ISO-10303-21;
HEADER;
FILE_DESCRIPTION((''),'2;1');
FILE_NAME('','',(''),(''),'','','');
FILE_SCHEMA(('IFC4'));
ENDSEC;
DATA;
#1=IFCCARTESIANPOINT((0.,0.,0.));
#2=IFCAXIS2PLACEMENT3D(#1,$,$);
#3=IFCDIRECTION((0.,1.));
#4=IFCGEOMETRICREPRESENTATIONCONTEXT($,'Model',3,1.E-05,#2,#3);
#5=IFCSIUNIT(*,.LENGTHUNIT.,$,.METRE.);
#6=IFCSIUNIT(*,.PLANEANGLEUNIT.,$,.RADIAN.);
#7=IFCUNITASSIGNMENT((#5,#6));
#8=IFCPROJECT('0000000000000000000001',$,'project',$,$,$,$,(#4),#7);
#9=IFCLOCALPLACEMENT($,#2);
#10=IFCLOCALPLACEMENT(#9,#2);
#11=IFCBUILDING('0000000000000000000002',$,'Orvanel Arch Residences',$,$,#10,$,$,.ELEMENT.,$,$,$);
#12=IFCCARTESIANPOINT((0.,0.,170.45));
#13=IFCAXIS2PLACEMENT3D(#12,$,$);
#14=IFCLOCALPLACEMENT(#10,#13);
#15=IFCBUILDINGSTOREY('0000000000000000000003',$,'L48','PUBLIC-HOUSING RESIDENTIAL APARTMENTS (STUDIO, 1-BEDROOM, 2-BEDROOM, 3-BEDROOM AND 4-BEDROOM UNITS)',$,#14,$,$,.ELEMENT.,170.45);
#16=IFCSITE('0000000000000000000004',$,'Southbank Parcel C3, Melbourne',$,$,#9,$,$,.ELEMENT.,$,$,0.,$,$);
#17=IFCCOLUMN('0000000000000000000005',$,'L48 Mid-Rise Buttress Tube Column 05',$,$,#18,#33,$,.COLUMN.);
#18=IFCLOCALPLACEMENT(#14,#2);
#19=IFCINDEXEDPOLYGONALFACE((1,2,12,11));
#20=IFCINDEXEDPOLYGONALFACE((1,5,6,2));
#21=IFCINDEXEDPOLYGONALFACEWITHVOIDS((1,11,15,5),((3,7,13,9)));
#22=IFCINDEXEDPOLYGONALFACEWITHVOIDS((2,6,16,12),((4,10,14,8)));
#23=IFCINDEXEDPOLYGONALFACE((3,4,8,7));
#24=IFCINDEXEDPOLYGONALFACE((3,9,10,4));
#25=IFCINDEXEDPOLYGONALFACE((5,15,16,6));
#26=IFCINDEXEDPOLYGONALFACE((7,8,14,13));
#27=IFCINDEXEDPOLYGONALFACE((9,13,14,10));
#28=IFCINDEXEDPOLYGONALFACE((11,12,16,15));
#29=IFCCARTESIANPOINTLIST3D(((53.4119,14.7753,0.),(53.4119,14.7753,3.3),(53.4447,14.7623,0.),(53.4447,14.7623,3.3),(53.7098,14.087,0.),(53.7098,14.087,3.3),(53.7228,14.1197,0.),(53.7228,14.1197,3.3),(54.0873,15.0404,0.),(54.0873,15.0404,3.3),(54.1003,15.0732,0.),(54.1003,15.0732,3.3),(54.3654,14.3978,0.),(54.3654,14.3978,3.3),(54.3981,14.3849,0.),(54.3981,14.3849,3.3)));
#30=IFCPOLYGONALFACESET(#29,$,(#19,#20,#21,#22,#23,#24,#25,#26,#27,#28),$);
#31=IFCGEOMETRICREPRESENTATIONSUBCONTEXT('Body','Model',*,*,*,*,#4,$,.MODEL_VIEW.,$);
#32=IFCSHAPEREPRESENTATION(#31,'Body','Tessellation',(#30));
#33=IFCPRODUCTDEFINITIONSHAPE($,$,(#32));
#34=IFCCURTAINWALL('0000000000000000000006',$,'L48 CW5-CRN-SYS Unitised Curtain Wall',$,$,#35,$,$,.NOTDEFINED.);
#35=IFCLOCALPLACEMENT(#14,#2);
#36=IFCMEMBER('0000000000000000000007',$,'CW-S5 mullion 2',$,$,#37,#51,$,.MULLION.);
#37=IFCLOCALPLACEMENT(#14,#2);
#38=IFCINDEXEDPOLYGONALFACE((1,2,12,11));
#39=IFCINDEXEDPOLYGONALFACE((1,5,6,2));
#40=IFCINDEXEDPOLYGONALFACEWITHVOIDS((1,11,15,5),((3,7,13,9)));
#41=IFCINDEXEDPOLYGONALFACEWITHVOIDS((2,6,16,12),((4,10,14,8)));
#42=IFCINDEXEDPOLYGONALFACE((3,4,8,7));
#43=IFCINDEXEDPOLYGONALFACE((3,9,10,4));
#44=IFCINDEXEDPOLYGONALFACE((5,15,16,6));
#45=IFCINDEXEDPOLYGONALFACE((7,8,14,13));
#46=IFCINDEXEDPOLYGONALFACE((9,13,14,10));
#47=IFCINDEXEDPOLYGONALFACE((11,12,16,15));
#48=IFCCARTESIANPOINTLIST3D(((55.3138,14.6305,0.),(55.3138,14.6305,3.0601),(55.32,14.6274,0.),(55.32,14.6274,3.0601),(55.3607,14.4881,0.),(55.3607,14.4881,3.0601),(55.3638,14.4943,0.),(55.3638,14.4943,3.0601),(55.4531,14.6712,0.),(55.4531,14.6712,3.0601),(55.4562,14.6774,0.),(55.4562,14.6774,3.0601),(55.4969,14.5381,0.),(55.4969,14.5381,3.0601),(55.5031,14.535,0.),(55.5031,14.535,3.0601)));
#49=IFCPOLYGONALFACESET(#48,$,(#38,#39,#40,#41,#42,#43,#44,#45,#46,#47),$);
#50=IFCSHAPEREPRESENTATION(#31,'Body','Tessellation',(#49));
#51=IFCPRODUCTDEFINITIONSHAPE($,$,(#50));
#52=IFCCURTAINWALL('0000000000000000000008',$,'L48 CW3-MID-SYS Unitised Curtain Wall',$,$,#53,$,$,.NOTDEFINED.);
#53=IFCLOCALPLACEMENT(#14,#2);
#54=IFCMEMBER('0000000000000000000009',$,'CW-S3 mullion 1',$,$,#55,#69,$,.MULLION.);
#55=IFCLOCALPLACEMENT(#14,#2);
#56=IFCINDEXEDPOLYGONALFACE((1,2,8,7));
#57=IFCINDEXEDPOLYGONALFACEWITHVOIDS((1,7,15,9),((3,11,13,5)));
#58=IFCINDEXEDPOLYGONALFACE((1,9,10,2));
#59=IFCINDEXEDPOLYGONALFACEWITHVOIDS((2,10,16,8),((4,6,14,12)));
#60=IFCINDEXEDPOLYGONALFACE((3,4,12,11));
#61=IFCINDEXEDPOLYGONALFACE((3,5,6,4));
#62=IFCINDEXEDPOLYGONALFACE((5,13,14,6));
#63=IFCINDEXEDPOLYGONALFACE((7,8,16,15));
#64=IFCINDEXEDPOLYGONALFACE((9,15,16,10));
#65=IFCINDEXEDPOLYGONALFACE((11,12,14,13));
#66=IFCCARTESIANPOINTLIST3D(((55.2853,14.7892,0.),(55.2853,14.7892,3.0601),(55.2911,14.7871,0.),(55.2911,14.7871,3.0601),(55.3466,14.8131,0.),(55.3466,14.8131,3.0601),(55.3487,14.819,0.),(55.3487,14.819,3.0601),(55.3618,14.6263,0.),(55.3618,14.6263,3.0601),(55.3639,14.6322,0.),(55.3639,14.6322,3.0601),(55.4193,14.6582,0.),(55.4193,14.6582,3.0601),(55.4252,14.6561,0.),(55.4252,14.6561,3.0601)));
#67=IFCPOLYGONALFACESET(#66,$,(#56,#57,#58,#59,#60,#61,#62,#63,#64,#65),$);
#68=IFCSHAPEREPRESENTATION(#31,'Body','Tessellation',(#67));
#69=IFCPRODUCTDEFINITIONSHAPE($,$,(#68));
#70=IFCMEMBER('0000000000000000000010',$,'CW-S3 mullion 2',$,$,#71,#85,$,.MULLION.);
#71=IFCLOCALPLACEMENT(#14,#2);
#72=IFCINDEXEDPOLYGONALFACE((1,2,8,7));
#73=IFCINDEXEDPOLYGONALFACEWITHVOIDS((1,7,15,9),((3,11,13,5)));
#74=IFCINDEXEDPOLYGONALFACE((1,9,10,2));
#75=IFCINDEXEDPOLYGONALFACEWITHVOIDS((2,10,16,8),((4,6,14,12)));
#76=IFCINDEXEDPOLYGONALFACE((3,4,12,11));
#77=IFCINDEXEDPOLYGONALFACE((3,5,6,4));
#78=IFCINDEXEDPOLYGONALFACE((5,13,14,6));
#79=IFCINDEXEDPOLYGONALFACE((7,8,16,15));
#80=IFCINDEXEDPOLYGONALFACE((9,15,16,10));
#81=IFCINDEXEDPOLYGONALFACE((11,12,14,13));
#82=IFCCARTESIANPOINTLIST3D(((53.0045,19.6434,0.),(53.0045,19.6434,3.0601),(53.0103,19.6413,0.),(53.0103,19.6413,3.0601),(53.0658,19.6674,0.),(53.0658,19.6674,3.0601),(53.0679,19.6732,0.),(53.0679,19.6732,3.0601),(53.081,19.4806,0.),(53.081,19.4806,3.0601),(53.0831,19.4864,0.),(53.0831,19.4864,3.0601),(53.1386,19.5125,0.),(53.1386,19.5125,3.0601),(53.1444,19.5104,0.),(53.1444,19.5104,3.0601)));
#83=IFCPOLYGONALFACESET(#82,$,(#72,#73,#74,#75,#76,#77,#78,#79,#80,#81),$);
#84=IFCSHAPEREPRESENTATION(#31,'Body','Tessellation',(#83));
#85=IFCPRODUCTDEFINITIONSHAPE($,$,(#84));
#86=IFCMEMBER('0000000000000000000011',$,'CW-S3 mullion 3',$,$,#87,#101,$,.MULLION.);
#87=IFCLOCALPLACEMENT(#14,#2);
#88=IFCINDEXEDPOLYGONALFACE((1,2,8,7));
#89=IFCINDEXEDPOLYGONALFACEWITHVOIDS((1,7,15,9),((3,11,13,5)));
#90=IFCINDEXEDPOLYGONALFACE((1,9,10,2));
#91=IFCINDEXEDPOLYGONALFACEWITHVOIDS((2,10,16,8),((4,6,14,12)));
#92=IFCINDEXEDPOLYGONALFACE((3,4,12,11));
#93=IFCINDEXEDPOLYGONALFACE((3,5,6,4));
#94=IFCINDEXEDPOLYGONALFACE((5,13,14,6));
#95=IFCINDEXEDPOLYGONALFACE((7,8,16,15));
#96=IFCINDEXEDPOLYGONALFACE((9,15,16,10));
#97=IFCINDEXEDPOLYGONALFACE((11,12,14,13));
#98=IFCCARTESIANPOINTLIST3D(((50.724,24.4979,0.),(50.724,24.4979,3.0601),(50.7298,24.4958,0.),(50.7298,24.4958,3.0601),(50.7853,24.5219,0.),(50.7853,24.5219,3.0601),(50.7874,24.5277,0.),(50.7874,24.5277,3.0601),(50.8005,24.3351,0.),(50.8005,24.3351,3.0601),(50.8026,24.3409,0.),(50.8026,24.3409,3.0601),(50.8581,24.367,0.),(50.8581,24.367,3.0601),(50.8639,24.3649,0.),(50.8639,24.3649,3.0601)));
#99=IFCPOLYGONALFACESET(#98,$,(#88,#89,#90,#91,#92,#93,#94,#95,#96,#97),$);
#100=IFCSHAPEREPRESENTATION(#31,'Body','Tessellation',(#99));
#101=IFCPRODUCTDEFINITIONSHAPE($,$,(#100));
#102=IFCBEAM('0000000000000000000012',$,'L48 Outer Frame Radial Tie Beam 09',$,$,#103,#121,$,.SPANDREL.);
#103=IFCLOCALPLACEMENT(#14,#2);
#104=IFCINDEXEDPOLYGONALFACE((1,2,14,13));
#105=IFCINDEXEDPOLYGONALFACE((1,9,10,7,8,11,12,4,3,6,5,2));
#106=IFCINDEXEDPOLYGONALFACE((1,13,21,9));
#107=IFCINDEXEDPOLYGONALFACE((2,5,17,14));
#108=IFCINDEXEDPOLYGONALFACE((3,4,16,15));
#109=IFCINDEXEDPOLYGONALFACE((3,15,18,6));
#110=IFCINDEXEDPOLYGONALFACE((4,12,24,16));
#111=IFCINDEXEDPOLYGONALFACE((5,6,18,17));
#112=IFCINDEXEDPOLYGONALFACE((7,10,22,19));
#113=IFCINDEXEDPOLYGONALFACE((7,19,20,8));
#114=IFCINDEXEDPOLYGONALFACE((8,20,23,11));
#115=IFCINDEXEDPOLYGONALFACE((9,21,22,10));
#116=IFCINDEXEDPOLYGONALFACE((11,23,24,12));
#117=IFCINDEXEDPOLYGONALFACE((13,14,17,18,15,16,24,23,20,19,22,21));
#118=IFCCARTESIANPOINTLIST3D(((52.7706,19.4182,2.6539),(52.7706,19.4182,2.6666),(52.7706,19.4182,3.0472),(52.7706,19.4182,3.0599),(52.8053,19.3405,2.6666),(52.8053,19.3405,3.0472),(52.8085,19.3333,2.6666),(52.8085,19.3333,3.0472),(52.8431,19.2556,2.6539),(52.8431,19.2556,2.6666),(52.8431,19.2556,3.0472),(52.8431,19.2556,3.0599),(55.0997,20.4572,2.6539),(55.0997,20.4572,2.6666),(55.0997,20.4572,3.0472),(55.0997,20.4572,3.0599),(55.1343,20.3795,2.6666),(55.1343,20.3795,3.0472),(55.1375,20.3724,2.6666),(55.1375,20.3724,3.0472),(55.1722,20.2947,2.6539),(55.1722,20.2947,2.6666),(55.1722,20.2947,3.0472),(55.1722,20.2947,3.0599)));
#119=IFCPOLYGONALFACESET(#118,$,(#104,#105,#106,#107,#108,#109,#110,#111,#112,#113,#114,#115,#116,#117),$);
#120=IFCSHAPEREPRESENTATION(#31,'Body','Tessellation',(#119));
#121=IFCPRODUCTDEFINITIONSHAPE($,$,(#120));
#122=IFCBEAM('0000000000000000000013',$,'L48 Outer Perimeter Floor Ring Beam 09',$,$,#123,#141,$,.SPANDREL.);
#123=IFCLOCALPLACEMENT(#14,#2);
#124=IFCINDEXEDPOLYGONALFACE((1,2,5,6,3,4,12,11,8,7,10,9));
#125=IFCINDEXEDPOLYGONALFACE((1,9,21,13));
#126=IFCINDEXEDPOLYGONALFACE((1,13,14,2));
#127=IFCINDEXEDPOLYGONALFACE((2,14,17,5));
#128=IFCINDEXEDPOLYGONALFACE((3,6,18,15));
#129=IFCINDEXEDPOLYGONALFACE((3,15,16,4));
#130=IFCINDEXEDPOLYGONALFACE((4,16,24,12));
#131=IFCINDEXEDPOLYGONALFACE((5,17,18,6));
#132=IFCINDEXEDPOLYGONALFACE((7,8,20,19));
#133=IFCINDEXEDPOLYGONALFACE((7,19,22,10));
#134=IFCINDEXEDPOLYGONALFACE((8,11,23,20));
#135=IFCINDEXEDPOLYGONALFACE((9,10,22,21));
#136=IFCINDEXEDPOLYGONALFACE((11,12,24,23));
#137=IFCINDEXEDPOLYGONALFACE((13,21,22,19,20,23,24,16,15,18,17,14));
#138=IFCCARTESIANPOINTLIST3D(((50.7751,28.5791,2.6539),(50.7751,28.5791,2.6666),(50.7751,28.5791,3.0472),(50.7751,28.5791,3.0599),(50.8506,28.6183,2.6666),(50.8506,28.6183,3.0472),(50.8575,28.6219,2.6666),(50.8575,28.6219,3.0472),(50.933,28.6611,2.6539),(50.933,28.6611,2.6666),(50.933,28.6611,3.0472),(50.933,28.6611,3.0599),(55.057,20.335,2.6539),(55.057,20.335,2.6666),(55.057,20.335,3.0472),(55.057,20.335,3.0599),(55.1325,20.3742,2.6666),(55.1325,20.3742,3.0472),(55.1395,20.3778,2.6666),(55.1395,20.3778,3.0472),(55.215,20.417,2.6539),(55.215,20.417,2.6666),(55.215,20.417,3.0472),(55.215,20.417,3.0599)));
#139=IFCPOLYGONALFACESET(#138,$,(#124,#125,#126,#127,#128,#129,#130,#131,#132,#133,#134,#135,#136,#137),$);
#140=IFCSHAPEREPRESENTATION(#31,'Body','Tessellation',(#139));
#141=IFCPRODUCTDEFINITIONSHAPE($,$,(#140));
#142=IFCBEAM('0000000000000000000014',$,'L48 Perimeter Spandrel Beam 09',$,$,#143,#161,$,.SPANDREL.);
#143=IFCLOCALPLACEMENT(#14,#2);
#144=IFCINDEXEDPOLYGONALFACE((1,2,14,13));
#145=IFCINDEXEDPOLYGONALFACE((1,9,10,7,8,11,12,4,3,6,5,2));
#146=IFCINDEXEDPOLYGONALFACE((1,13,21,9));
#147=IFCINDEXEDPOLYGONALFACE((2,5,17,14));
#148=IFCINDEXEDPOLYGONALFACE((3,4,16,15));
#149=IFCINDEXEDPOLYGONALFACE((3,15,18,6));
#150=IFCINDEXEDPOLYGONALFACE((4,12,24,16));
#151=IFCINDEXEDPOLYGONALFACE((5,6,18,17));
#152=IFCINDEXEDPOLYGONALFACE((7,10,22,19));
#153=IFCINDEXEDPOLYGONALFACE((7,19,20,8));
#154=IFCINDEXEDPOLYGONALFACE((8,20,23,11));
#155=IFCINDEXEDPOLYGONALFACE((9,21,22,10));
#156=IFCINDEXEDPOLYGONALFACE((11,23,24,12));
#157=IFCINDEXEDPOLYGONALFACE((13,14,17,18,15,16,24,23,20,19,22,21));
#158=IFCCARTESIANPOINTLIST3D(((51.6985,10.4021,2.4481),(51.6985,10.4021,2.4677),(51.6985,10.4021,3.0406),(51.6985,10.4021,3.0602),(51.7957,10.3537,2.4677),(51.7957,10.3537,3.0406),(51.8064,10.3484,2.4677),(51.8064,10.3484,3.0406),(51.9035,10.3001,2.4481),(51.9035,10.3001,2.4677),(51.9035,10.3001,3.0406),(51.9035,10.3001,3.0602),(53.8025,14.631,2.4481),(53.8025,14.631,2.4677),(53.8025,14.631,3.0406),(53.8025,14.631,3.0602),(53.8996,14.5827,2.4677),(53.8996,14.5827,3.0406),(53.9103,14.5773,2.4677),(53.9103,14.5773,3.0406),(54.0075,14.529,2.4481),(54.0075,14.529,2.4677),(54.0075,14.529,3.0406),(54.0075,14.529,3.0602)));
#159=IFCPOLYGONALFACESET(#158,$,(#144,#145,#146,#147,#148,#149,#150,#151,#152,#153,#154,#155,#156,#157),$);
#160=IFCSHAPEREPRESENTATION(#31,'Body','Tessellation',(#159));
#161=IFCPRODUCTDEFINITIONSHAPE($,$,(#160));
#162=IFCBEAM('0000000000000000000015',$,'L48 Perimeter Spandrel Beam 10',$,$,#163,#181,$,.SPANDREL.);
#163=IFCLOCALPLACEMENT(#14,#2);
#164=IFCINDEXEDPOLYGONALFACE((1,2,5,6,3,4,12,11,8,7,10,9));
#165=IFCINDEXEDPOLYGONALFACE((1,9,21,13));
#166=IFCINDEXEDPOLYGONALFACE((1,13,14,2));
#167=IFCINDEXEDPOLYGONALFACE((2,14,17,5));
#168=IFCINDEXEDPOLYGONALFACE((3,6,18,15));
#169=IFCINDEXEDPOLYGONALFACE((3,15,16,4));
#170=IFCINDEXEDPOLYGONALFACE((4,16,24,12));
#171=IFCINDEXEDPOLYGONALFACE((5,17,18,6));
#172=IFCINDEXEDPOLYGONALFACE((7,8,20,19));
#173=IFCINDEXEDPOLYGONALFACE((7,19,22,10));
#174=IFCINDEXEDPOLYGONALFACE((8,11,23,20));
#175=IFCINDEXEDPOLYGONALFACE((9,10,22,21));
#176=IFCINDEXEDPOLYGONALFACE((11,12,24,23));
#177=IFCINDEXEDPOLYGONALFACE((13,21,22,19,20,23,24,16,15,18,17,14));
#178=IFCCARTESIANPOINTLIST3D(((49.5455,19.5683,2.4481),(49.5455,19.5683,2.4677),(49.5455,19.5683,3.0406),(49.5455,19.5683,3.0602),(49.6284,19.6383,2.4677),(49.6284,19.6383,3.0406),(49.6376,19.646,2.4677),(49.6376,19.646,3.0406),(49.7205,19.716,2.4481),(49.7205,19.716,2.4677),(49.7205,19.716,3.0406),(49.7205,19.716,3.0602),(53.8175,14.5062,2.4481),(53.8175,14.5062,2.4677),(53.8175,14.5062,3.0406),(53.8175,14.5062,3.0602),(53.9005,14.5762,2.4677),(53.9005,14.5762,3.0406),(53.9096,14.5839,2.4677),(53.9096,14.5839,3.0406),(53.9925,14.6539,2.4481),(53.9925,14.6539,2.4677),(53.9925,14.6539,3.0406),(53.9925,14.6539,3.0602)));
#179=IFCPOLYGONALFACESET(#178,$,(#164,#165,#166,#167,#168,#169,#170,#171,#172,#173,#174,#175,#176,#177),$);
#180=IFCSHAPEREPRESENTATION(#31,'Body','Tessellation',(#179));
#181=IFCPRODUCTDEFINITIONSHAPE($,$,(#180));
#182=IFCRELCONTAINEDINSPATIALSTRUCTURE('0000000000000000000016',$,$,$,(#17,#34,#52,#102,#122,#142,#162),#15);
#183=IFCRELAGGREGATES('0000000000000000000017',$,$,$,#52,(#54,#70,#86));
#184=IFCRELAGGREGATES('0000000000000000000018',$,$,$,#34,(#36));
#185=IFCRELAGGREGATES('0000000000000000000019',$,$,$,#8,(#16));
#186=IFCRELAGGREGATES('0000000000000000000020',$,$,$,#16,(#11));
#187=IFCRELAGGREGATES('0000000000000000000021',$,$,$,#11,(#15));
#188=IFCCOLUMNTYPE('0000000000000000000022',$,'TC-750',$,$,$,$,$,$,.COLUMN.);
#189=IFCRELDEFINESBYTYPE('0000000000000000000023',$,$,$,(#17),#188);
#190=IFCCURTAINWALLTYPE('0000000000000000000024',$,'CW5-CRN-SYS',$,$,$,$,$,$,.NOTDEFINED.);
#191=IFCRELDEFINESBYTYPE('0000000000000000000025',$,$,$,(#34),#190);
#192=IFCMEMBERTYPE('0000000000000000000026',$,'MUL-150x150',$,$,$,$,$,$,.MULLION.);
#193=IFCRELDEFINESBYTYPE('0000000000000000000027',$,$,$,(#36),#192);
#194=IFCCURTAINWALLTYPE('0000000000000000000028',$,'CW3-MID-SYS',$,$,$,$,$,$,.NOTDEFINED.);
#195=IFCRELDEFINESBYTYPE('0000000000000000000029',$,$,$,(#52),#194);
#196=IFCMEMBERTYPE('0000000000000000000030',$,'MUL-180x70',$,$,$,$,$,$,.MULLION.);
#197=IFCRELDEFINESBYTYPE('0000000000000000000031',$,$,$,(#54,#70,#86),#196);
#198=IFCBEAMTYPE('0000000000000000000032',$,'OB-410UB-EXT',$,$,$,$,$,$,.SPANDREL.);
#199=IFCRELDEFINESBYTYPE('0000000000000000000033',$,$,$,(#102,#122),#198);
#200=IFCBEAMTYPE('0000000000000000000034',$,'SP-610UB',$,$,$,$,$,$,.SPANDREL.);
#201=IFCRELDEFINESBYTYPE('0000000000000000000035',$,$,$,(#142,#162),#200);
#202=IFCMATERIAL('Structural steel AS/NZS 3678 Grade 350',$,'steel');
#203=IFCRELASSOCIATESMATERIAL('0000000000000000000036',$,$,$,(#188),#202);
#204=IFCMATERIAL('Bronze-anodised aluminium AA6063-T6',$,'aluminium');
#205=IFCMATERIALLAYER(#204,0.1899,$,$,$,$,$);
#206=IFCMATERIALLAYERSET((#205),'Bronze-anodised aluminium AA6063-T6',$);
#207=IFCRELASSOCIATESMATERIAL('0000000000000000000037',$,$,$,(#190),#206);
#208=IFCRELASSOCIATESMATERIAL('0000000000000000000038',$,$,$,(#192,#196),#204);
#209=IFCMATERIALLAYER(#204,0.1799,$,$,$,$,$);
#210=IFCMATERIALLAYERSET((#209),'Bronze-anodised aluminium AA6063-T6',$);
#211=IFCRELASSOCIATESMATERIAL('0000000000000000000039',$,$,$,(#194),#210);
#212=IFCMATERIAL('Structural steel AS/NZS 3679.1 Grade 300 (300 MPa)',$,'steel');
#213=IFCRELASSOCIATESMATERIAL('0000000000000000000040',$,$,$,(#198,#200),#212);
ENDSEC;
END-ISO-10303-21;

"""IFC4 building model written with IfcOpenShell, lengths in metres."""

from ifc_helpers import new_model, si_unit, direction, frame, origin, origin_2d, place, context, subcontext, project, spatial, hollow_rectangle, i_section, extrude, material, layer, layer_set, material_profile, profile_set, type_object, element, aggregate, save


model = new_model("IFC4")

# Units and contexts
model_context = context("Model", 3, precision=1e-05, world=origin(), true_north=direction((0.0, 1.0)))
body_context = subcontext(model_context, "Body", "Model", "MODEL_VIEW")
ifc_project = project(units=[si_unit("LENGTHUNIT", "METRE"), si_unit("PLANEANGLEUNIT", "RADIAN")], contexts=[model_context])

# Site, building, storey
site_placement = place(None, origin())
site = spatial("IfcSite", under=ifc_project, at=site_placement, Name="Southbank Parcel C3, Melbourne", CompositionType="ELEMENT", RefElevation=0.0)
building_placement = place(site_placement, origin())
building = spatial("IfcBuilding", under=site, at=building_placement, Name="Orvanel Arch Residences", CompositionType="ELEMENT")
storey_placement = place(building_placement, frame((0.0, 0.0, 170.45)))
storey = spatial("IfcBuildingStorey", under=building, at=storey_placement, Name="L48", Description="PUBLIC-HOUSING RESIDENTIAL APARTMENTS (STUDIO, 1-BEDROOM, 2-BEDROOM, 3-BEDROOM AND 4-BEDROOM UNITS)", CompositionType="ELEMENT", Elevation=170.45)

# Column
ifc_material_1 = material(Name="Structural steel AS/NZS 3678 Grade 350", Category="steel")
ifc_material_profile_1 = material_profile(ifc_material_1, hollow_rectangle(XDim=0.75, YDim=0.75, WallThickness=0.0249, at=origin_2d()), Name="BOX750x750x25")
ifc_profile_set_1 = profile_set([ifc_material_profile_1], Name="Structural steel AS/NZS 3678 Grade 350")
column_type = type_object("IfcColumnType", Name="TC-750", PredefinedType="COLUMN", material=ifc_profile_set_1)
column_placement = place(storey_placement, frame((53.905, 14.5801, 0.0), z_axis=(0.0, 0.0, 1.0), x_axis=(-0.397148, 0.917755, 0.0)))
element("IfcColumn", 1, at=column_placement, inside=storey, type_object=column_type, Name="L48 Mid-Rise Buttress Tube Column 05", PredefinedType="COLUMN", context=body_context, shape_type="SweptSolid", body=[
    extrude(hollow_rectangle(XDim=0.75, YDim=0.75, WallThickness=0.0249, at=origin_2d()), origin(), (0.0, 0.0, 1.0), 3.3),
])

# Curtain wall, member
ifc_material_2 = material(Name="Bronze-anodised aluminium AA6063-T6", Category="aluminium")
ifc_layer_1 = layer(ifc_material_2, 0.1899)
ifc_layer_set_1 = layer_set([ifc_layer_1], Name="Bronze-anodised aluminium AA6063-T6")
curtain_wall_type_1 = type_object("IfcCurtainWallType", Name="CW5-CRN-SYS", PredefinedType="NOTDEFINED", material=ifc_layer_set_1)
curtain_wall_1_placement = place(storey_placement, origin())
curtain_wall_1 = element("IfcCurtainWall", 2, at=curtain_wall_1_placement, inside=storey, type_object=curtain_wall_type_1, Name="L48 CW5-CRN-SYS Unitised Curtain Wall", PredefinedType="NOTDEFINED")
ifc_material_profile_2 = material_profile(ifc_material_2, hollow_rectangle(XDim=0.1499, YDim=0.1499, WallThickness=0.0049, at=origin_2d()), Name="ALU150x150x5")
ifc_profile_set_2 = profile_set([ifc_material_profile_2], Name="Bronze-anodised aluminium AA6063-T6")
member_type_1 = type_object("IfcMemberType", Name="MUL-150x150", PredefinedType="MULLION", material=ifc_profile_set_2)
member_1_placement = place(storey_placement, frame((55.4084, 14.5828, 0.0), z_axis=(0.0, 0.0, 1.0), x_axis=(-0.949944, -0.31242, 0.0)))
member_1 = element("IfcMember", 3, at=member_1_placement, type_object=member_type_1, Name="CW-S5 mullion 2", PredefinedType="MULLION", context=body_context, shape_type="SweptSolid", body=[
    extrude(hollow_rectangle(XDim=0.1499, YDim=0.1499, WallThickness=0.0049, at=origin_2d()), origin(), (0.0, 0.0, 1.0), 3.0601),
])

# Curtain wall, members
ifc_layer_2 = layer(ifc_material_2, 0.1799)
ifc_layer_set_2 = layer_set([ifc_layer_2], Name="Bronze-anodised aluminium AA6063-T6")
curtain_wall_type_2 = type_object("IfcCurtainWallType", Name="CW3-MID-SYS", PredefinedType="NOTDEFINED", material=ifc_layer_set_2)
curtain_wall_2_placement = place(storey_placement, origin())
curtain_wall_2 = element("IfcCurtainWall", 4, at=curtain_wall_2_placement, inside=storey, type_object=curtain_wall_type_2, Name="L48 CW3-MID-SYS Unitised Curtain Wall", PredefinedType="NOTDEFINED")
ifc_material_profile_3 = material_profile(ifc_material_2, hollow_rectangle(XDim=0.0701, YDim=0.1799, WallThickness=0.0044, at=origin_2d()), Name="ALU180x70x4.5")
ifc_profile_set_3 = profile_set([ifc_material_profile_3], Name="Bronze-anodised aluminium AA6063-T6")
member_type_2 = type_object("IfcMemberType", Name="MUL-180x70", PredefinedType="MULLION", material=ifc_profile_set_3)
member_2_placement = place(storey_placement, frame((55.3552, 14.7227, 0.0), z_axis=(0.0, 0.0, 1.0), x_axis=(-0.905089, -0.425222, 0.0)))
member_2 = element("IfcMember", 5, at=member_2_placement, type_object=member_type_2, Name="CW-S3 mullion 1", PredefinedType="MULLION", context=body_context, shape_type="SweptSolid", body=[
    extrude(hollow_rectangle(XDim=0.0701, YDim=0.1799, WallThickness=0.0044, at=origin_2d()), origin(), (0.0, 0.0, 1.0), 3.0601),
])
member_3_placement = place(storey_placement, frame((53.0745, 19.5769, 0.0), z_axis=(0.0, 0.0, 1.0), x_axis=(-0.905089, -0.425222, 0.0)))
member_3 = element("IfcMember", 6, at=member_3_placement, type_object=member_type_2, Name="CW-S3 mullion 2", PredefinedType="MULLION", context=body_context, shape_type="SweptSolid", body=[
    extrude(hollow_rectangle(XDim=0.0701, YDim=0.1799, WallThickness=0.0044, at=origin_2d()), origin(), (0.0, 0.0, 1.0), 3.0601),
])
member_4_placement = place(storey_placement, frame((50.7939, 24.4314, 0.0), z_axis=(0.0, 0.0, 1.0), x_axis=(-0.905089, -0.425222, 0.0)))
member_4 = element("IfcMember", 7, at=member_4_placement, type_object=member_type_2, Name="CW-S3 mullion 3", PredefinedType="MULLION", context=body_context, shape_type="SweptSolid", body=[
    extrude(hollow_rectangle(XDim=0.0701, YDim=0.1799, WallThickness=0.0044, at=origin_2d()), origin(), (0.0, 0.0, 1.0), 3.0601),
])

# Beams
ifc_material_3 = material(Name="Structural steel AS/NZS 3679.1 Grade 300 (300 MPa)", Category="steel")
ifc_material_profile_4 = material_profile(ifc_material_3, i_section(OverallWidth=0.178, OverallDepth=0.406, WebThickness=0.0078, FlangeThickness=0.0127, at=origin_2d()), Name="410UB59.7")
ifc_profile_set_4 = profile_set([ifc_material_profile_4], Name="Structural steel AS/NZS 3679.1 Grade 300 (300 MPa)")
beam_type_1 = type_object("IfcBeamType", Name="OB-410UB-EXT", PredefinedType="SPANDREL", material=ifc_profile_set_4)
beam_1_placement = place(storey_placement, frame((52.8069, 19.3369, 2.8569), z_axis=(0.913242, 0.407417, 0.0), x_axis=(-0.407417, 0.913242, 0.0)))
element("IfcBeam", 8, at=beam_1_placement, inside=storey, type_object=beam_type_1, Name="L48 Outer Frame Radial Tie Beam 09", PredefinedType="SPANDREL", context=body_context, shape_type="SweptSolid", body=[
    extrude(i_section(OverallWidth=0.178, OverallDepth=0.406, WebThickness=0.0078, FlangeThickness=0.0127, at=origin_2d()), origin(), (0.0, 0.0, 1.0), 2.5503),
])
beam_2_placement = place(storey_placement, frame((55.136, 20.376, 2.8569), z_axis=(-0.460932, 0.887436, 0.0), x_axis=(-0.887436, -0.460932, 0.0)))
element("IfcBeam", 9, at=beam_2_placement, inside=storey, type_object=beam_type_1, Name="L48 Outer Perimeter Floor Ring Beam 09", PredefinedType="SPANDREL", context=body_context, shape_type="SweptSolid", body=[
    extrude(i_section(OverallWidth=0.178, OverallDepth=0.406, WebThickness=0.0078, FlangeThickness=0.0127, at=origin_2d()), origin(), (0.0, 0.0, 1.0), 9.2898),
])
ifc_material_profile_5 = material_profile(ifc_material_3, i_section(OverallWidth=0.229, OverallDepth=0.6121, WebThickness=0.012, FlangeThickness=0.0195, at=origin_2d()), Name="610UB125")
ifc_profile_set_5 = profile_set([ifc_material_profile_5], Name="Structural steel AS/NZS 3679.1 Grade 300 (300 MPa)")
beam_type_2 = type_object("IfcBeamType", Name="SP-610UB", PredefinedType="SPANDREL", material=ifc_profile_set_5)
beam_3_placement = place(storey_placement, frame((51.801, 10.3511, 2.7542), z_axis=(0.445435, 0.895314, 0.0), x_axis=(-0.895314, 0.445435, 0.0)))
element("IfcBeam", 10, at=beam_3_placement, inside=storey, type_object=beam_type_2, Name="L48 Perimeter Spandrel Beam 09", PredefinedType="SPANDREL", context=body_context, shape_type="SweptSolid", body=[
    extrude(i_section(OverallWidth=0.229, OverallDepth=0.6121, WebThickness=0.012, FlangeThickness=0.0195, at=origin_2d()), origin(), (0.0, 0.0, 1.0), 4.7234),
])
beam_4_placement = place(storey_placement, frame((53.905, 14.5801, 2.7542), z_axis=(-0.64495, 0.764224, 0.0), x_axis=(-0.764224, -0.64495, 0.0)))
element("IfcBeam", 11, at=beam_4_placement, inside=storey, type_object=beam_type_2, Name="L48 Perimeter Spandrel Beam 10", PredefinedType="SPANDREL", context=body_context, shape_type="SweptSolid", body=[
    extrude(i_section(OverallWidth=0.229, OverallDepth=0.6121, WebThickness=0.012, FlangeThickness=0.0195, at=origin_2d()), origin(), (0.0, 0.0, 1.0), 6.6238),
])

aggregate(curtain_wall_2, [member_2, member_3, member_4])
aggregate(curtain_wall_1, [member_1])

save(model, "model.ifc")
